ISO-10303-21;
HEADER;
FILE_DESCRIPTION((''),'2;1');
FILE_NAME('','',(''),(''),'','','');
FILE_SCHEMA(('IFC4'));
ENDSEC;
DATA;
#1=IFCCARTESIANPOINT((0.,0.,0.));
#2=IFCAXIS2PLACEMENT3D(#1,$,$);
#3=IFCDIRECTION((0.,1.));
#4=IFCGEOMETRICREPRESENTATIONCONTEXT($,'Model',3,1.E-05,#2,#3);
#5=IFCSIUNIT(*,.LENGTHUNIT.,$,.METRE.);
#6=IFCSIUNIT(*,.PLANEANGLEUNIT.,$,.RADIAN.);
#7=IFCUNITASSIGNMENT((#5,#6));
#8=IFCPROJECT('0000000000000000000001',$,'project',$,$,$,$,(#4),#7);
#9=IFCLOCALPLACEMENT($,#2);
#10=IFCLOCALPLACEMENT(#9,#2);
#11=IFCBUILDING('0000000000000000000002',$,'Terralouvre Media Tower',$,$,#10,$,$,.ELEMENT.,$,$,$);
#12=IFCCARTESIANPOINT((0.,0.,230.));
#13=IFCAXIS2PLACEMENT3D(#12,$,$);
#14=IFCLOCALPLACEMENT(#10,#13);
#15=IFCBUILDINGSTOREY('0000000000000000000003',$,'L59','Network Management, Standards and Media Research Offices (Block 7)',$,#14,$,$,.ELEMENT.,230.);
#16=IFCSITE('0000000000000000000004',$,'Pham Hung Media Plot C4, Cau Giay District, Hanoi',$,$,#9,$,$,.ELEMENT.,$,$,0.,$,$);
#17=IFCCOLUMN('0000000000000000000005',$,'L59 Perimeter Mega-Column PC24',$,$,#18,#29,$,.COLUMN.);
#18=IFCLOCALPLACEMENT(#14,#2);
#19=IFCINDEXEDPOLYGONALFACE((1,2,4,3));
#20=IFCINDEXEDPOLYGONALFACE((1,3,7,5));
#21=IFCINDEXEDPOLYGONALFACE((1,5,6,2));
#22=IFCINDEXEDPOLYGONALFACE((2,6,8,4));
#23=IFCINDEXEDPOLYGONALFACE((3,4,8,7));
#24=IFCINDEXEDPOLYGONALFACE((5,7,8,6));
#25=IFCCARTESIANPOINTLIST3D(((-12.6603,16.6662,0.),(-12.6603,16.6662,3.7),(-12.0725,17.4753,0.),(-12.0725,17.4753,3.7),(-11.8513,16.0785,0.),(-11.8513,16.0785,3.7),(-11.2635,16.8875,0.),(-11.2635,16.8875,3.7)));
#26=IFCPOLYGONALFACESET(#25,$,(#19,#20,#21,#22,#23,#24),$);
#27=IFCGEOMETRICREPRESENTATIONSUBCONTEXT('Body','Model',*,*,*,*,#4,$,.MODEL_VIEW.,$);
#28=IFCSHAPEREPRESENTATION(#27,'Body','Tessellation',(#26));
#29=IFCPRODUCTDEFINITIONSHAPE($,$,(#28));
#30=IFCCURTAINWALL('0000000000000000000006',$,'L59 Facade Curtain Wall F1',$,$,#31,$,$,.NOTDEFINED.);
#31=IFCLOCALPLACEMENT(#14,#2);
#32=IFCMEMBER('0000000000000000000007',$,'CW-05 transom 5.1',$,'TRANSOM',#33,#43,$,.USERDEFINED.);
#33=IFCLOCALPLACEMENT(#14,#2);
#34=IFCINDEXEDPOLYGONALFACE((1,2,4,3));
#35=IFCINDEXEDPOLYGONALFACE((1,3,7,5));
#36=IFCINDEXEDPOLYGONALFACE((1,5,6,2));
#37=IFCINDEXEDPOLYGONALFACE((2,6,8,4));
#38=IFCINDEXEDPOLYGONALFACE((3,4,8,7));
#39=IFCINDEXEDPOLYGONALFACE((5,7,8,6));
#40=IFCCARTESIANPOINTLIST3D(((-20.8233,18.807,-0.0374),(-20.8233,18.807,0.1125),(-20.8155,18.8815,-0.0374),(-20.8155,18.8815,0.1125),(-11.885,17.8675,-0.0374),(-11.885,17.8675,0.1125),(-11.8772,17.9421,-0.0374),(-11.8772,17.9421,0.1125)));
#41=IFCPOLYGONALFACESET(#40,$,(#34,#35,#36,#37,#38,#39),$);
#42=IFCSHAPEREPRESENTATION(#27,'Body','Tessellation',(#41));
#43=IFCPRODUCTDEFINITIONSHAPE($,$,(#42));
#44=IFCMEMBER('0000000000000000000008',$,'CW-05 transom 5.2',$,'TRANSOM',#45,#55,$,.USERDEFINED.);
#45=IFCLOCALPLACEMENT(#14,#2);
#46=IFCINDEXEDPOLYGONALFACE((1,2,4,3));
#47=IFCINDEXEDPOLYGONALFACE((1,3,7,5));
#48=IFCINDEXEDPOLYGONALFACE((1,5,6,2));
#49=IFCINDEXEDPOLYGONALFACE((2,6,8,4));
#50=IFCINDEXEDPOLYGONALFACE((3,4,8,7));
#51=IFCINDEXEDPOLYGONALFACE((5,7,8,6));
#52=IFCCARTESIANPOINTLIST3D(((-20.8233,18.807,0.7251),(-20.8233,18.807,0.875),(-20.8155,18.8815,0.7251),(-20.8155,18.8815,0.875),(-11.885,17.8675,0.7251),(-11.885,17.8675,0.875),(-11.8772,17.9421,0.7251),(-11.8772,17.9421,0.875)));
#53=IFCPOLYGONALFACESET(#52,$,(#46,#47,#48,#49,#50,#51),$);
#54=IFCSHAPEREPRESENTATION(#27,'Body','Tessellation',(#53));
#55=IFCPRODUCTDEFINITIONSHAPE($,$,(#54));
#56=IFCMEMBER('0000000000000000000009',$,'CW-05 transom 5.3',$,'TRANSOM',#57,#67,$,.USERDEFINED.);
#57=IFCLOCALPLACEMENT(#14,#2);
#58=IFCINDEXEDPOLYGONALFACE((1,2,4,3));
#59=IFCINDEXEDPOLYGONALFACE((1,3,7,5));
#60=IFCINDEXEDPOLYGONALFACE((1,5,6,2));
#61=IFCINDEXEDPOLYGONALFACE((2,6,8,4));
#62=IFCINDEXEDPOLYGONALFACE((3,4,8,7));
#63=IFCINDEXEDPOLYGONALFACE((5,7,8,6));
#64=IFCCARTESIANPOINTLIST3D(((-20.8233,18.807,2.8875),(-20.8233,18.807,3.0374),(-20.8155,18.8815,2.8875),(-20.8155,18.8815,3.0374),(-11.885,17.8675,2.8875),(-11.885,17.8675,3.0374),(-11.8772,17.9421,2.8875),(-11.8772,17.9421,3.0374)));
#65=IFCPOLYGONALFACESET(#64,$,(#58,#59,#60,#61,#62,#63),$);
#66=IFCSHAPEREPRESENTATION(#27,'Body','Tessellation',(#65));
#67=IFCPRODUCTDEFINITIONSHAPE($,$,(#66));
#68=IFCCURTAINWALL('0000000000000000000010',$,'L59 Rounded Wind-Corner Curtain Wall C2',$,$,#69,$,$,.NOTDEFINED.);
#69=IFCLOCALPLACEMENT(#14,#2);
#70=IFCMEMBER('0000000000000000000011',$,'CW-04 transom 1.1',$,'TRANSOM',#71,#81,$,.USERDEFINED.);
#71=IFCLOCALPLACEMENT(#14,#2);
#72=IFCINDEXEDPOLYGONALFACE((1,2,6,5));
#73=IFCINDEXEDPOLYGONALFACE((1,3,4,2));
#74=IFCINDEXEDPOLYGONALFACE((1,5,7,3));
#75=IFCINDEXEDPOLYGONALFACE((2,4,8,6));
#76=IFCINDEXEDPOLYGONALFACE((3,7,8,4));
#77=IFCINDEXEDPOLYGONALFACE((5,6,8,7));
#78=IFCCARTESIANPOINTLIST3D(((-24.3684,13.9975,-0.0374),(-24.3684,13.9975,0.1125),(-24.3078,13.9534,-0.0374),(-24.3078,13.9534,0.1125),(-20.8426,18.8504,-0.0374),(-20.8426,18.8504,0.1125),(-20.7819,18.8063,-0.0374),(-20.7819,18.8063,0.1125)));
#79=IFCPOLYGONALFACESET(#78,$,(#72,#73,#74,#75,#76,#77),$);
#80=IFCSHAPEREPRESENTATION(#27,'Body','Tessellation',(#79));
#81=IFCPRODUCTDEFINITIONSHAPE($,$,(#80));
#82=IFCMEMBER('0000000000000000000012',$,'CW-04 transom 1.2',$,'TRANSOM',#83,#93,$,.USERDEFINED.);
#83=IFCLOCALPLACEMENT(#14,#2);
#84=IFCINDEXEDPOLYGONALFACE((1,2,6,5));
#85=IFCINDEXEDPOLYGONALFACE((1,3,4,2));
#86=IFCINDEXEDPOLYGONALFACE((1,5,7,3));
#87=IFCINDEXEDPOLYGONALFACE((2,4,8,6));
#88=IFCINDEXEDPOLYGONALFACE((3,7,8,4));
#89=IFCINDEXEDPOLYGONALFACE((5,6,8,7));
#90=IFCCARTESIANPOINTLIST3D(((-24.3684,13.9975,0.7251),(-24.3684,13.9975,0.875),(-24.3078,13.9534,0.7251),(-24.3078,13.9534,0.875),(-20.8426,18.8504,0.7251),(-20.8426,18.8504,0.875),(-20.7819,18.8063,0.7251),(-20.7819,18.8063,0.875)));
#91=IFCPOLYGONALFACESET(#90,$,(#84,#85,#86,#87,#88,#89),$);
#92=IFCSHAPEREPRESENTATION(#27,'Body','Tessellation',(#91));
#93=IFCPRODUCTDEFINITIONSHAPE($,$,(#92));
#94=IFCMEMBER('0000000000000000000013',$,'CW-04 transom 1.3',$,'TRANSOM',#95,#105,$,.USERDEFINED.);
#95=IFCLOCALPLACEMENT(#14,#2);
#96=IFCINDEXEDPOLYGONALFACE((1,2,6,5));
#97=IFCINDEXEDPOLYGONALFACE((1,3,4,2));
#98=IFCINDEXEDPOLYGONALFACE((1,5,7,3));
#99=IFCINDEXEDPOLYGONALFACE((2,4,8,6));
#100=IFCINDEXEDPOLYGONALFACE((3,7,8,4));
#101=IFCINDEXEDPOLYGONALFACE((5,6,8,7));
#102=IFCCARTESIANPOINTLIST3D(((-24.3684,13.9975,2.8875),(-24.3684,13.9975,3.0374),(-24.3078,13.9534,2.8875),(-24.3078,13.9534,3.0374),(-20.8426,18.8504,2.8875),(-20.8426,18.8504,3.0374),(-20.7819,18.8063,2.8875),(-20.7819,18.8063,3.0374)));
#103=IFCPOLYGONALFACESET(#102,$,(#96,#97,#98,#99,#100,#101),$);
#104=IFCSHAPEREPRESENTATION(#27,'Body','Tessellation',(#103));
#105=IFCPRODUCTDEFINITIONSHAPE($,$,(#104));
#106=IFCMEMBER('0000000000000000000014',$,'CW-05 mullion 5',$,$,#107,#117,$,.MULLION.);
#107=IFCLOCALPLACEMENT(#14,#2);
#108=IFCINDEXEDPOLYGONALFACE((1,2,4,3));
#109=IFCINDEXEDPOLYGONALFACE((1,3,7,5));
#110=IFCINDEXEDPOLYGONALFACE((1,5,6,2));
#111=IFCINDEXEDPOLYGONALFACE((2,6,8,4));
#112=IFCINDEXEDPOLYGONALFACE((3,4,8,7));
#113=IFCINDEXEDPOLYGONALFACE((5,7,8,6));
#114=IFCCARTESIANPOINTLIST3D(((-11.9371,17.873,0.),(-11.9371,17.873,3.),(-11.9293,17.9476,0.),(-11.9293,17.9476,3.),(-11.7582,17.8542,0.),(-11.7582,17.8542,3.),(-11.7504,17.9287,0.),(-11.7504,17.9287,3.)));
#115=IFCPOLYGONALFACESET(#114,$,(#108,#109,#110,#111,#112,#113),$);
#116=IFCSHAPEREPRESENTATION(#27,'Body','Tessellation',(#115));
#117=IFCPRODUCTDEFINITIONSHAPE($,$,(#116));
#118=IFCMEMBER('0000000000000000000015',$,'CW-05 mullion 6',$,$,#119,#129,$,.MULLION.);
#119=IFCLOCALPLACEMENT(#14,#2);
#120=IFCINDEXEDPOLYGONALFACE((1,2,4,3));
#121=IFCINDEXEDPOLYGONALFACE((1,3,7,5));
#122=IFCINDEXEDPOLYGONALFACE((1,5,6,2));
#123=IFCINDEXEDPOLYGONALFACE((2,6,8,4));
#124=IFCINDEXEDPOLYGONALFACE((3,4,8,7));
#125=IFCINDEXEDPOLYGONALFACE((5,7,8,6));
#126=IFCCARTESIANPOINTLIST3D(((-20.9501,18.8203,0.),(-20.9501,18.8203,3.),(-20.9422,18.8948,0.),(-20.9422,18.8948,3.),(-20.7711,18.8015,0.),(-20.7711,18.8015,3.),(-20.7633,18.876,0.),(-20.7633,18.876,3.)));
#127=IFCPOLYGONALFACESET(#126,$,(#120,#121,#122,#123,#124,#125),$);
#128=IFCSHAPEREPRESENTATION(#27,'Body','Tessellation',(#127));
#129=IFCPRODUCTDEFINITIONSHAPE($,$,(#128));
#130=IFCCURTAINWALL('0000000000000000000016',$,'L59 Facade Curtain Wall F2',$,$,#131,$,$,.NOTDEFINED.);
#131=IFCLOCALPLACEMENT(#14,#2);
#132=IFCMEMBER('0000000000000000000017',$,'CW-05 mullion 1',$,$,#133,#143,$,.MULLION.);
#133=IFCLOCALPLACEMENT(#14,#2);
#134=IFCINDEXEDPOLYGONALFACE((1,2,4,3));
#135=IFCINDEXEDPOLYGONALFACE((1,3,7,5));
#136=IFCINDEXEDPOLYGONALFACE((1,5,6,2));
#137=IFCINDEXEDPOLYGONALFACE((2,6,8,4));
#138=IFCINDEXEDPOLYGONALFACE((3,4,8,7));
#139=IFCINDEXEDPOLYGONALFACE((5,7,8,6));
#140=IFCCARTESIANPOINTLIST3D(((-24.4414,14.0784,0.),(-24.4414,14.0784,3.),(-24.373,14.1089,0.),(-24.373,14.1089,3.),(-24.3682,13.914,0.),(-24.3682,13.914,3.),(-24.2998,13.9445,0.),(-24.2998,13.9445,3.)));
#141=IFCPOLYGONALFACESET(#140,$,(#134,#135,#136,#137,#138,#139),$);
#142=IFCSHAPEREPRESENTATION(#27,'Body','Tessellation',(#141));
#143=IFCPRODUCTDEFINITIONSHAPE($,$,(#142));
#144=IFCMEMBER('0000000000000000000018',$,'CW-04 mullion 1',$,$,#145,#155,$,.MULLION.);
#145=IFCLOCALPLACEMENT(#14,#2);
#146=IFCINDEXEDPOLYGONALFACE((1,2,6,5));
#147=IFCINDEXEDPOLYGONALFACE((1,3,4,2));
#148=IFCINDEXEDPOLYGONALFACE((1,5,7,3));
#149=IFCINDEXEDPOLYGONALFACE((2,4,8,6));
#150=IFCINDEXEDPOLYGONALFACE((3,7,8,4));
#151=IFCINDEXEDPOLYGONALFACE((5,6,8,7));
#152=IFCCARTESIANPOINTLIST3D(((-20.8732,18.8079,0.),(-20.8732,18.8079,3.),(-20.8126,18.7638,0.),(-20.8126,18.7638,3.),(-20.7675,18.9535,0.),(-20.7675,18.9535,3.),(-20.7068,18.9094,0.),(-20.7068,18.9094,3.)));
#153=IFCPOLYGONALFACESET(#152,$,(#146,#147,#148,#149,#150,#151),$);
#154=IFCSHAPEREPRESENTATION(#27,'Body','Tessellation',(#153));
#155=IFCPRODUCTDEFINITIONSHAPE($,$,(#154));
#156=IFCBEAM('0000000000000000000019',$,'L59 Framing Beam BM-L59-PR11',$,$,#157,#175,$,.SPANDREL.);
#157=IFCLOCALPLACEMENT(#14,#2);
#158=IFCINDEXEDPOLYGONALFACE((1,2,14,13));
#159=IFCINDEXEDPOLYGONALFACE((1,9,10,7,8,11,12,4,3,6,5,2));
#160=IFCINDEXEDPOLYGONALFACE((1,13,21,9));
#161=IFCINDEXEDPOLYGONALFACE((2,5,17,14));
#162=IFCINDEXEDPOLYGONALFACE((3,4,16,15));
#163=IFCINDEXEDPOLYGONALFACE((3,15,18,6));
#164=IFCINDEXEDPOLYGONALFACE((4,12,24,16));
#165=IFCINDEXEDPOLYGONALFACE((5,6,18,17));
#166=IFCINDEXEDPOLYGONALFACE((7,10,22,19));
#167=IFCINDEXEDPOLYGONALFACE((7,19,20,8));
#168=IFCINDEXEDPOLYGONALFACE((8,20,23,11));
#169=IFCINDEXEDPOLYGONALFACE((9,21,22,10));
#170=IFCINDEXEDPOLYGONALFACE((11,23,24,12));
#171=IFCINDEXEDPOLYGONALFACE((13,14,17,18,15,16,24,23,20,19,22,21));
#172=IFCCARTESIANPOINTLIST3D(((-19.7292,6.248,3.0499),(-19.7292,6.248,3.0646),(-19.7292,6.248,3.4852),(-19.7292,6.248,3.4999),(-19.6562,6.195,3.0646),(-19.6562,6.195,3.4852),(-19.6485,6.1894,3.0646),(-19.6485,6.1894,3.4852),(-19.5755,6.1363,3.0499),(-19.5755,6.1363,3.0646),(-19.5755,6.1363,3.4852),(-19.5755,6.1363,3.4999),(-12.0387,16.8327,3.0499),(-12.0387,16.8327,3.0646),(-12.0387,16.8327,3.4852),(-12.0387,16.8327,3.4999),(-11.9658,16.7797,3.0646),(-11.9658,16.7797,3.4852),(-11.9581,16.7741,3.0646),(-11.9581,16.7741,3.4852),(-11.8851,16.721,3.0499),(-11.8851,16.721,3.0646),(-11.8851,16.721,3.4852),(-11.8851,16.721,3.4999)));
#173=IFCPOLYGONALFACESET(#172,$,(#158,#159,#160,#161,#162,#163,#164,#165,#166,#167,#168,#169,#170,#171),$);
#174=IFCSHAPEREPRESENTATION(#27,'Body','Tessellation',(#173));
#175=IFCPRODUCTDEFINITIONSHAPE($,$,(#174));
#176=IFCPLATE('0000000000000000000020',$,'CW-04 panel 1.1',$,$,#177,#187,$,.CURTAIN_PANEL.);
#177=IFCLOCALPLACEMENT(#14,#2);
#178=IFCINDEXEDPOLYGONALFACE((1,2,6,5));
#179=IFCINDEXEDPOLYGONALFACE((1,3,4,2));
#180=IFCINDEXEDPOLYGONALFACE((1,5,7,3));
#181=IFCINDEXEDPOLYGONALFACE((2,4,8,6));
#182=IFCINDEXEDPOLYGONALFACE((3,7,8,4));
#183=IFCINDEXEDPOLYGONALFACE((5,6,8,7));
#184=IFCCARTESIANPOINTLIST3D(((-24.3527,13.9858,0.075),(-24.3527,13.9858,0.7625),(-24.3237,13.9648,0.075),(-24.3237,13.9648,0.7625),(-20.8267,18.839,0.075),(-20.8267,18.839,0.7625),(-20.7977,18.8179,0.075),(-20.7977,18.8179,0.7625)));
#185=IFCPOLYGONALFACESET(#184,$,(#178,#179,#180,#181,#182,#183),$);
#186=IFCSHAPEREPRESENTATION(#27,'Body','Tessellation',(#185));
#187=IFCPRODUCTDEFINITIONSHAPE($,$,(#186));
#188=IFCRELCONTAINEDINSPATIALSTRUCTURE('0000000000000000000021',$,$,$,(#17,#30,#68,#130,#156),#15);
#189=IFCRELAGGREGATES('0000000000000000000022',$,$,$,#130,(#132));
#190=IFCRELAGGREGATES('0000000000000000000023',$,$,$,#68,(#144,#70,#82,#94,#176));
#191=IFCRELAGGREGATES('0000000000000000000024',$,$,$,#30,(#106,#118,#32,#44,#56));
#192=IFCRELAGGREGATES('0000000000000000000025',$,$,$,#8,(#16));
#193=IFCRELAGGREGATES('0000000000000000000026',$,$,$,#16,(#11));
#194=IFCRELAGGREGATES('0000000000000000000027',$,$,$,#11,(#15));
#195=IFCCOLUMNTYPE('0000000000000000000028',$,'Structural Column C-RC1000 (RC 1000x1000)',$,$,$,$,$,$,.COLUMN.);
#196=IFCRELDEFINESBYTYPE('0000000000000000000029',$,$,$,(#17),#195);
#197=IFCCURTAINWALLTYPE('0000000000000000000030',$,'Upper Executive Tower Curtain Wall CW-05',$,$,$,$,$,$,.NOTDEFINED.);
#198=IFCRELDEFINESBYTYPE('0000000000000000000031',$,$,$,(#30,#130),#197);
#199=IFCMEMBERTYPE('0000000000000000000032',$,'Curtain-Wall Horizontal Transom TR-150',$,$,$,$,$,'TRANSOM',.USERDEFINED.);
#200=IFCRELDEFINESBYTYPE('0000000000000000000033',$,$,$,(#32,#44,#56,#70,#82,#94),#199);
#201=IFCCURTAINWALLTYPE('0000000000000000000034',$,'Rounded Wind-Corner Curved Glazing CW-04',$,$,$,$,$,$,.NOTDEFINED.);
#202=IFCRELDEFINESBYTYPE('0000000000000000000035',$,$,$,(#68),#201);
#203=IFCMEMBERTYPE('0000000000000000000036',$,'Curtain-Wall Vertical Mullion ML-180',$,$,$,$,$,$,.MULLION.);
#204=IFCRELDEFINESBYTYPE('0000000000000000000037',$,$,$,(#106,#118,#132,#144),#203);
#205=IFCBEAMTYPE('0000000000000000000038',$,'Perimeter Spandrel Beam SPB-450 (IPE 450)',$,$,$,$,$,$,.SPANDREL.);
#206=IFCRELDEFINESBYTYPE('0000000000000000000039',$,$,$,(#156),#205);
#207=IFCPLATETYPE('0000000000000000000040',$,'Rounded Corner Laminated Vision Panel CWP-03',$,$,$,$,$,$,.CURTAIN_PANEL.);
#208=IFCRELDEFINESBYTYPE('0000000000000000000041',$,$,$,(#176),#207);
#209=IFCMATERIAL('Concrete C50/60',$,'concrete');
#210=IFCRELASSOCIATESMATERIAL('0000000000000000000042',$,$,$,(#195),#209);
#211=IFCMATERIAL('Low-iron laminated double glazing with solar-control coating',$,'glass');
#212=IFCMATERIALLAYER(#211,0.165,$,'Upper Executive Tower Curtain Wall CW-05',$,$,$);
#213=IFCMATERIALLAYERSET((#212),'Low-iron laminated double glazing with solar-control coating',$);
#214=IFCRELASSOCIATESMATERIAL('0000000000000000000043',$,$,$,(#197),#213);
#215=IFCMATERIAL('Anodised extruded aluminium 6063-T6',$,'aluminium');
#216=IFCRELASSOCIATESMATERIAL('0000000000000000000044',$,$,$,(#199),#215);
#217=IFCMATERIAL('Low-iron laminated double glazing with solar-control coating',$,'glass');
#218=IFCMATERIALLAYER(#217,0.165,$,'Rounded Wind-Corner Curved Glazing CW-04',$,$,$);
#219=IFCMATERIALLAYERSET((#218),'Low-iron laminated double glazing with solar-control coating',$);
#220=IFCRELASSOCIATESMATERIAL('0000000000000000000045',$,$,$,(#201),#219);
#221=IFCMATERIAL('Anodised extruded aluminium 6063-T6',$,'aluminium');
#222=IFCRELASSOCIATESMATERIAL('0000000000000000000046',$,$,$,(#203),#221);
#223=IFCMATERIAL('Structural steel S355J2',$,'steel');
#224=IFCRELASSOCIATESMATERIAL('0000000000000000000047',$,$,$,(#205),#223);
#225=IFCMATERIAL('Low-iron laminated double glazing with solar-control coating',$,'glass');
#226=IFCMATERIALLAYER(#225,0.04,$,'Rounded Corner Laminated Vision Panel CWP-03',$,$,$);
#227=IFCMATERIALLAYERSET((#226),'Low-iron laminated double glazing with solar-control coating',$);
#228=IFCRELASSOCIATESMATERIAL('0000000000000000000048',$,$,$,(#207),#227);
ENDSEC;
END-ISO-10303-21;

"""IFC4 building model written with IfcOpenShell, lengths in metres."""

from ifc_helpers import new_model, si_unit, direction, frame, origin, origin_2d, place, context, subcontext, project, spatial, rectangle, i_section, extrude, material, layer, layer_set, material_profile, profile_set, type_object, element, aggregate, save


model = new_model("IFC4")

# Units and contexts
model_context = context("Model", 3, precision=1e-05, world=origin(), true_north=direction((0.0, 1.0)))
body_context = subcontext(model_context, "Body", "Model", "MODEL_VIEW")
ifc_project = project(units=[si_unit("LENGTHUNIT", "METRE"), si_unit("PLANEANGLEUNIT", "RADIAN")], contexts=[model_context])

# Site, building, storey
site_placement = place(None, origin())
site = spatial("IfcSite", under=ifc_project, at=site_placement, Name="Pham Hung Media Plot C4, Cau Giay District, Hanoi", CompositionType="ELEMENT", RefElevation=0.0)
building_placement = place(site_placement, origin())
building = spatial("IfcBuilding", under=site, at=building_placement, Name="Terralouvre Media Tower", CompositionType="ELEMENT")
storey_placement = place(building_placement, frame((0.0, 0.0, 230.0)))
storey = spatial("IfcBuildingStorey", under=building, at=storey_placement, Name="L59", Description="Network Management, Standards and Media Research Offices (Block 7)", CompositionType="ELEMENT", Elevation=230.0)

# Column
ifc_material_1 = material(Name="Concrete C50/60", Category="concrete")
ifc_material_profile_1 = material_profile(ifc_material_1, rectangle(XDim=1.0, YDim=1.0, at=origin_2d()), Name="RC 1000x1000")
ifc_profile_set_1 = profile_set([ifc_material_profile_1], Name="Concrete C50/60")
column_type = type_object("IfcColumnType", Name="Structural Column C-RC1000 (RC 1000x1000)", PredefinedType="COLUMN", material=ifc_profile_set_1)
column_placement = place(storey_placement, frame((-11.9619, 16.7769, 0.0), z_axis=(0.0, 0.0, 1.0), x_axis=(0.587785, 0.809017, 0.0)))
element("IfcColumn", 1, at=column_placement, inside=storey, type_object=column_type, Name="L59 Perimeter Mega-Column PC24", PredefinedType="COLUMN", context=body_context, shape_type="SweptSolid", body=[
    extrude(rectangle(XDim=1.0, YDim=1.0, at=origin_2d()), origin(), (0.0, 0.0, 1.0), 3.7),
])

# Curtain walls, members
ifc_material_2 = material(Name="Low-iron laminated double glazing with solar-control coating", Category="glass")
ifc_layer_1 = layer(ifc_material_2, 0.165, Name="Upper Executive Tower Curtain Wall CW-05")
ifc_layer_set_1 = layer_set([ifc_layer_1], Name="Low-iron laminated double glazing with solar-control coating")
curtain_wall_type_1 = type_object("IfcCurtainWallType", Name="Upper Executive Tower Curtain Wall CW-05", PredefinedType="NOTDEFINED", material=ifc_layer_set_1)
curtain_wall_1_placement = place(storey_placement, origin())
curtain_wall_1 = element("IfcCurtainWall", 2, at=curtain_wall_1_placement, inside=storey, type_object=curtain_wall_type_1, Name="L59 Facade Curtain Wall F1", PredefinedType="NOTDEFINED")
ifc_material_3 = material(Name="Anodised extruded aluminium 6063-T6", Category="aluminium")
ifc_material_profile_2 = material_profile(ifc_material_3, rectangle(XDim=0.075, YDim=0.1499, at=origin_2d()), Name="ALU 75x150")
ifc_profile_set_2 = profile_set([ifc_material_profile_2], Name="Anodised extruded aluminium 6063-T6")
member_type_1 = type_object("IfcMemberType", Name="Curtain-Wall Horizontal Transom TR-150", ElementType="TRANSOM", PredefinedType="USERDEFINED", material=ifc_profile_set_2)
member_1_placement = place(storey_placement, frame((-11.8811, 17.9048, 0.0376), z_axis=(-0.994522, 0.104529, 0.0), x_axis=(-0.104529, -0.994522, 0.0)))
member_1 = element("IfcMember", 3, at=member_1_placement, type_object=member_type_1, Name="CW-05 transom 5.1", ObjectType="TRANSOM", PredefinedType="USERDEFINED", context=body_context, shape_type="SweptSolid", body=[
    extrude(rectangle(XDim=0.075, YDim=0.1499, at=origin_2d()), origin(), (0.0, 0.0, 1.0), 8.9875),
])
member_2_placement = place(storey_placement, frame((-11.8811, 17.9048, 0.8), z_axis=(-0.994522, 0.104529, 0.0), x_axis=(-0.104529, -0.994522, 0.0)))
member_2 = element("IfcMember", 4, at=member_2_placement, type_object=member_type_1, Name="CW-05 transom 5.2", ObjectType="TRANSOM", PredefinedType="USERDEFINED", context=body_context, shape_type="SweptSolid", body=[
    extrude(rectangle(XDim=0.075, YDim=0.1499, at=origin_2d()), origin(), (0.0, 0.0, 1.0), 8.9875),
])
member_3_placement = place(storey_placement, frame((-11.8811, 17.9048, 2.9624), z_axis=(-0.994522, 0.104529, 0.0), x_axis=(-0.104529, -0.994522, 0.0)))
member_3 = element("IfcMember", 5, at=member_3_placement, type_object=member_type_1, Name="CW-05 transom 5.3", ObjectType="TRANSOM", PredefinedType="USERDEFINED", context=body_context, shape_type="SweptSolid", body=[
    extrude(rectangle(XDim=0.075, YDim=0.1499, at=origin_2d()), origin(), (0.0, 0.0, 1.0), 8.9875),
])
ifc_material_4 = material(Name="Low-iron laminated double glazing with solar-control coating", Category="glass")
ifc_layer_2 = layer(ifc_material_4, 0.165, Name="Rounded Wind-Corner Curved Glazing CW-04")
ifc_layer_set_2 = layer_set([ifc_layer_2], Name="Low-iron laminated double glazing with solar-control coating")
curtain_wall_type_2 = type_object("IfcCurtainWallType", Name="Rounded Wind-Corner Curved Glazing CW-04", PredefinedType="NOTDEFINED", material=ifc_layer_set_2)
curtain_wall_2_placement = place(storey_placement, origin())
curtain_wall_2 = element("IfcCurtainWall", 6, at=curtain_wall_2_placement, inside=storey, type_object=curtain_wall_type_2, Name="L59 Rounded Wind-Corner Curtain Wall C2", PredefinedType="NOTDEFINED")
member_4_placement = place(storey_placement, frame((-20.8123, 18.8284, 0.0376), z_axis=(-0.58778, -0.809021, 0.0), x_axis=(0.809021, -0.58778, 0.0)))
member_4 = element("IfcMember", 7, at=member_4_placement, type_object=member_type_1, Name="CW-04 transom 1.1", ObjectType="TRANSOM", PredefinedType="USERDEFINED", context=body_context, shape_type="SweptSolid", body=[
    extrude(rectangle(XDim=0.075, YDim=0.1499, at=origin_2d()), origin(), (0.0, 0.0, 1.0), 5.9985),
])
member_5_placement = place(storey_placement, frame((-20.8123, 18.8284, 0.8), z_axis=(-0.58778, -0.809021, 0.0), x_axis=(0.809021, -0.58778, 0.0)))
member_5 = element("IfcMember", 8, at=member_5_placement, type_object=member_type_1, Name="CW-04 transom 1.2", ObjectType="TRANSOM", PredefinedType="USERDEFINED", context=body_context, shape_type="SweptSolid", body=[
    extrude(rectangle(XDim=0.075, YDim=0.1499, at=origin_2d()), origin(), (0.0, 0.0, 1.0), 5.9985),
])
member_6_placement = place(storey_placement, frame((-20.8123, 18.8284, 2.9624), z_axis=(-0.58778, -0.809021, 0.0), x_axis=(0.809021, -0.58778, 0.0)))
member_6 = element("IfcMember", 9, at=member_6_placement, type_object=member_type_1, Name="CW-04 transom 1.3", ObjectType="TRANSOM", PredefinedType="USERDEFINED", context=body_context, shape_type="SweptSolid", body=[
    extrude(rectangle(XDim=0.075, YDim=0.1499, at=origin_2d()), origin(), (0.0, 0.0, 1.0), 5.9985),
])

# Members
ifc_material_5 = material(Name="Anodised extruded aluminium 6063-T6", Category="aluminium")
ifc_material_profile_3 = material_profile(ifc_material_5, rectangle(XDim=0.075, YDim=0.1799, at=origin_2d()), Name="ALU 75x180")
ifc_profile_set_3 = profile_set([ifc_material_profile_3], Name="Anodised extruded aluminium 6063-T6")
member_type_2 = type_object("IfcMemberType", Name="Curtain-Wall Vertical Mullion ML-180", PredefinedType="MULLION", material=ifc_profile_set_3)
member_7_placement = place(storey_placement, frame((-11.8438, 17.9009, 0.0), z_axis=(0.0, 0.0, 1.0), x_axis=(-0.104529, -0.994522, 0.0)))
member_7 = element("IfcMember", 10, at=member_7_placement, type_object=member_type_2, Name="CW-05 mullion 5", PredefinedType="MULLION", context=body_context, shape_type="SweptSolid", body=[
    extrude(rectangle(XDim=0.075, YDim=0.1799, at=origin_2d()), origin(), (0.0, 0.0, 1.0), 3.0),
])
member_8_placement = place(storey_placement, frame((-20.8567, 18.8481, 0.0), z_axis=(0.0, 0.0, 1.0), x_axis=(-0.104529, -0.994522, 0.0)))
member_8 = element("IfcMember", 11, at=member_8_placement, type_object=member_type_2, Name="CW-05 mullion 6", PredefinedType="MULLION", context=body_context, shape_type="SweptSolid", body=[
    extrude(rectangle(XDim=0.075, YDim=0.1799, at=origin_2d()), origin(), (0.0, 0.0, 1.0), 3.0),
])

# Curtain wall, member
curtain_wall_3_placement = place(storey_placement, origin())
curtain_wall_3 = element("IfcCurtainWall", 12, at=curtain_wall_3_placement, inside=storey, type_object=curtain_wall_type_1, Name="L59 Facade Curtain Wall F2", PredefinedType="NOTDEFINED")
member_9_placement = place(storey_placement, frame((-24.3706, 14.0115, 0.0), z_axis=(0.0, 0.0, 1.0), x_axis=(0.913545, 0.406737, 0.0)))
member_9 = element("IfcMember", 13, at=member_9_placement, type_object=member_type_2, Name="CW-05 mullion 1", PredefinedType="MULLION", context=body_context, shape_type="SweptSolid", body=[
    extrude(rectangle(XDim=0.075, YDim=0.1799, at=origin_2d()), origin(), (0.0, 0.0, 1.0), 3.0),
])
aggregate(curtain_wall_3, [member_9])

# Member
member_10_placement = place(storey_placement, frame((-20.79, 18.8586, 0.0), z_axis=(0.0, 0.0, 1.0), x_axis=(0.809017, -0.587786, 0.0)))
member_10 = element("IfcMember", 14, at=member_10_placement, type_object=member_type_2, Name="CW-04 mullion 1", PredefinedType="MULLION", context=body_context, shape_type="SweptSolid", body=[
    extrude(rectangle(XDim=0.075, YDim=0.1799, at=origin_2d()), origin(), (0.0, 0.0, 1.0), 3.0),
])

# Beam
ifc_material_6 = material(Name="Structural steel S355J2", Category="steel")
ifc_material_profile_4 = material_profile(ifc_material_6, i_section(OverallWidth=0.1899, OverallDepth=0.45, WebThickness=0.0095, FlangeThickness=0.0146, at=origin_2d()), Name="IPE 450")
ifc_profile_set_4 = profile_set([ifc_material_profile_4], Name="Structural steel S355J2")
beam_type = type_object("IfcBeamType", Name="Perimeter Spandrel Beam SPB-450 (IPE 450)", PredefinedType="SPANDREL", material=ifc_profile_set_4)
beam_placement = place(storey_placement, frame((-11.9619, 16.7769, 3.2749), z_axis=(-0.587794, -0.80901, 0.0), x_axis=(0.80901, -0.587794, 0.0)))
element("IfcBeam", 15, at=beam_placement, inside=storey, type_object=beam_type, Name="L59 Framing Beam BM-L59-PR11", PredefinedType="SPANDREL", context=body_context, shape_type="SweptSolid", body=[
    extrude(i_section(OverallWidth=0.1899, OverallDepth=0.45, WebThickness=0.0095, FlangeThickness=0.0146, at=origin_2d()), origin(), (0.0, 0.0, 1.0), 13.0835),
])

# Plate
ifc_material_7 = material(Name="Low-iron laminated double glazing with solar-control coating", Category="glass")
ifc_layer_3 = layer(ifc_material_7, 0.04, Name="Rounded Corner Laminated Vision Panel CWP-03")
ifc_layer_set_3 = layer_set([ifc_layer_3], Name="Low-iron laminated double glazing with solar-control coating")
plate_type_1 = type_object("IfcPlateType", Name="Rounded Corner Laminated Vision Panel CWP-03", PredefinedType="CURTAIN_PANEL", material=ifc_layer_set_3)
plate_1_placement = place(storey_placement, frame((-22.5752, 16.4019, 0.075), z_axis=(0.0, 0.0, 1.0), x_axis=(-0.587786, -0.809017, 0.0)))
plate_1 = element("IfcPlate", 16, at=plate_1_placement, type_object=plate_type_1, Name="CW-04 panel 1.1", PredefinedType="CURTAIN_PANEL", context=body_context, shape_type="SweptSolid", body=[
    extrude(rectangle(XDim=5.9988, YDim=0.0359, at=origin_2d()), origin(), (0.0, 0.0, 1.0), 0.6875),
])
aggregate(curtain_wall_2, [member_10, member_4, member_5, member_6, plate_1])
aggregate(curtain_wall_1, [member_7, member_8, member_1, member_2, member_3])

save(model, "model.ifc")
